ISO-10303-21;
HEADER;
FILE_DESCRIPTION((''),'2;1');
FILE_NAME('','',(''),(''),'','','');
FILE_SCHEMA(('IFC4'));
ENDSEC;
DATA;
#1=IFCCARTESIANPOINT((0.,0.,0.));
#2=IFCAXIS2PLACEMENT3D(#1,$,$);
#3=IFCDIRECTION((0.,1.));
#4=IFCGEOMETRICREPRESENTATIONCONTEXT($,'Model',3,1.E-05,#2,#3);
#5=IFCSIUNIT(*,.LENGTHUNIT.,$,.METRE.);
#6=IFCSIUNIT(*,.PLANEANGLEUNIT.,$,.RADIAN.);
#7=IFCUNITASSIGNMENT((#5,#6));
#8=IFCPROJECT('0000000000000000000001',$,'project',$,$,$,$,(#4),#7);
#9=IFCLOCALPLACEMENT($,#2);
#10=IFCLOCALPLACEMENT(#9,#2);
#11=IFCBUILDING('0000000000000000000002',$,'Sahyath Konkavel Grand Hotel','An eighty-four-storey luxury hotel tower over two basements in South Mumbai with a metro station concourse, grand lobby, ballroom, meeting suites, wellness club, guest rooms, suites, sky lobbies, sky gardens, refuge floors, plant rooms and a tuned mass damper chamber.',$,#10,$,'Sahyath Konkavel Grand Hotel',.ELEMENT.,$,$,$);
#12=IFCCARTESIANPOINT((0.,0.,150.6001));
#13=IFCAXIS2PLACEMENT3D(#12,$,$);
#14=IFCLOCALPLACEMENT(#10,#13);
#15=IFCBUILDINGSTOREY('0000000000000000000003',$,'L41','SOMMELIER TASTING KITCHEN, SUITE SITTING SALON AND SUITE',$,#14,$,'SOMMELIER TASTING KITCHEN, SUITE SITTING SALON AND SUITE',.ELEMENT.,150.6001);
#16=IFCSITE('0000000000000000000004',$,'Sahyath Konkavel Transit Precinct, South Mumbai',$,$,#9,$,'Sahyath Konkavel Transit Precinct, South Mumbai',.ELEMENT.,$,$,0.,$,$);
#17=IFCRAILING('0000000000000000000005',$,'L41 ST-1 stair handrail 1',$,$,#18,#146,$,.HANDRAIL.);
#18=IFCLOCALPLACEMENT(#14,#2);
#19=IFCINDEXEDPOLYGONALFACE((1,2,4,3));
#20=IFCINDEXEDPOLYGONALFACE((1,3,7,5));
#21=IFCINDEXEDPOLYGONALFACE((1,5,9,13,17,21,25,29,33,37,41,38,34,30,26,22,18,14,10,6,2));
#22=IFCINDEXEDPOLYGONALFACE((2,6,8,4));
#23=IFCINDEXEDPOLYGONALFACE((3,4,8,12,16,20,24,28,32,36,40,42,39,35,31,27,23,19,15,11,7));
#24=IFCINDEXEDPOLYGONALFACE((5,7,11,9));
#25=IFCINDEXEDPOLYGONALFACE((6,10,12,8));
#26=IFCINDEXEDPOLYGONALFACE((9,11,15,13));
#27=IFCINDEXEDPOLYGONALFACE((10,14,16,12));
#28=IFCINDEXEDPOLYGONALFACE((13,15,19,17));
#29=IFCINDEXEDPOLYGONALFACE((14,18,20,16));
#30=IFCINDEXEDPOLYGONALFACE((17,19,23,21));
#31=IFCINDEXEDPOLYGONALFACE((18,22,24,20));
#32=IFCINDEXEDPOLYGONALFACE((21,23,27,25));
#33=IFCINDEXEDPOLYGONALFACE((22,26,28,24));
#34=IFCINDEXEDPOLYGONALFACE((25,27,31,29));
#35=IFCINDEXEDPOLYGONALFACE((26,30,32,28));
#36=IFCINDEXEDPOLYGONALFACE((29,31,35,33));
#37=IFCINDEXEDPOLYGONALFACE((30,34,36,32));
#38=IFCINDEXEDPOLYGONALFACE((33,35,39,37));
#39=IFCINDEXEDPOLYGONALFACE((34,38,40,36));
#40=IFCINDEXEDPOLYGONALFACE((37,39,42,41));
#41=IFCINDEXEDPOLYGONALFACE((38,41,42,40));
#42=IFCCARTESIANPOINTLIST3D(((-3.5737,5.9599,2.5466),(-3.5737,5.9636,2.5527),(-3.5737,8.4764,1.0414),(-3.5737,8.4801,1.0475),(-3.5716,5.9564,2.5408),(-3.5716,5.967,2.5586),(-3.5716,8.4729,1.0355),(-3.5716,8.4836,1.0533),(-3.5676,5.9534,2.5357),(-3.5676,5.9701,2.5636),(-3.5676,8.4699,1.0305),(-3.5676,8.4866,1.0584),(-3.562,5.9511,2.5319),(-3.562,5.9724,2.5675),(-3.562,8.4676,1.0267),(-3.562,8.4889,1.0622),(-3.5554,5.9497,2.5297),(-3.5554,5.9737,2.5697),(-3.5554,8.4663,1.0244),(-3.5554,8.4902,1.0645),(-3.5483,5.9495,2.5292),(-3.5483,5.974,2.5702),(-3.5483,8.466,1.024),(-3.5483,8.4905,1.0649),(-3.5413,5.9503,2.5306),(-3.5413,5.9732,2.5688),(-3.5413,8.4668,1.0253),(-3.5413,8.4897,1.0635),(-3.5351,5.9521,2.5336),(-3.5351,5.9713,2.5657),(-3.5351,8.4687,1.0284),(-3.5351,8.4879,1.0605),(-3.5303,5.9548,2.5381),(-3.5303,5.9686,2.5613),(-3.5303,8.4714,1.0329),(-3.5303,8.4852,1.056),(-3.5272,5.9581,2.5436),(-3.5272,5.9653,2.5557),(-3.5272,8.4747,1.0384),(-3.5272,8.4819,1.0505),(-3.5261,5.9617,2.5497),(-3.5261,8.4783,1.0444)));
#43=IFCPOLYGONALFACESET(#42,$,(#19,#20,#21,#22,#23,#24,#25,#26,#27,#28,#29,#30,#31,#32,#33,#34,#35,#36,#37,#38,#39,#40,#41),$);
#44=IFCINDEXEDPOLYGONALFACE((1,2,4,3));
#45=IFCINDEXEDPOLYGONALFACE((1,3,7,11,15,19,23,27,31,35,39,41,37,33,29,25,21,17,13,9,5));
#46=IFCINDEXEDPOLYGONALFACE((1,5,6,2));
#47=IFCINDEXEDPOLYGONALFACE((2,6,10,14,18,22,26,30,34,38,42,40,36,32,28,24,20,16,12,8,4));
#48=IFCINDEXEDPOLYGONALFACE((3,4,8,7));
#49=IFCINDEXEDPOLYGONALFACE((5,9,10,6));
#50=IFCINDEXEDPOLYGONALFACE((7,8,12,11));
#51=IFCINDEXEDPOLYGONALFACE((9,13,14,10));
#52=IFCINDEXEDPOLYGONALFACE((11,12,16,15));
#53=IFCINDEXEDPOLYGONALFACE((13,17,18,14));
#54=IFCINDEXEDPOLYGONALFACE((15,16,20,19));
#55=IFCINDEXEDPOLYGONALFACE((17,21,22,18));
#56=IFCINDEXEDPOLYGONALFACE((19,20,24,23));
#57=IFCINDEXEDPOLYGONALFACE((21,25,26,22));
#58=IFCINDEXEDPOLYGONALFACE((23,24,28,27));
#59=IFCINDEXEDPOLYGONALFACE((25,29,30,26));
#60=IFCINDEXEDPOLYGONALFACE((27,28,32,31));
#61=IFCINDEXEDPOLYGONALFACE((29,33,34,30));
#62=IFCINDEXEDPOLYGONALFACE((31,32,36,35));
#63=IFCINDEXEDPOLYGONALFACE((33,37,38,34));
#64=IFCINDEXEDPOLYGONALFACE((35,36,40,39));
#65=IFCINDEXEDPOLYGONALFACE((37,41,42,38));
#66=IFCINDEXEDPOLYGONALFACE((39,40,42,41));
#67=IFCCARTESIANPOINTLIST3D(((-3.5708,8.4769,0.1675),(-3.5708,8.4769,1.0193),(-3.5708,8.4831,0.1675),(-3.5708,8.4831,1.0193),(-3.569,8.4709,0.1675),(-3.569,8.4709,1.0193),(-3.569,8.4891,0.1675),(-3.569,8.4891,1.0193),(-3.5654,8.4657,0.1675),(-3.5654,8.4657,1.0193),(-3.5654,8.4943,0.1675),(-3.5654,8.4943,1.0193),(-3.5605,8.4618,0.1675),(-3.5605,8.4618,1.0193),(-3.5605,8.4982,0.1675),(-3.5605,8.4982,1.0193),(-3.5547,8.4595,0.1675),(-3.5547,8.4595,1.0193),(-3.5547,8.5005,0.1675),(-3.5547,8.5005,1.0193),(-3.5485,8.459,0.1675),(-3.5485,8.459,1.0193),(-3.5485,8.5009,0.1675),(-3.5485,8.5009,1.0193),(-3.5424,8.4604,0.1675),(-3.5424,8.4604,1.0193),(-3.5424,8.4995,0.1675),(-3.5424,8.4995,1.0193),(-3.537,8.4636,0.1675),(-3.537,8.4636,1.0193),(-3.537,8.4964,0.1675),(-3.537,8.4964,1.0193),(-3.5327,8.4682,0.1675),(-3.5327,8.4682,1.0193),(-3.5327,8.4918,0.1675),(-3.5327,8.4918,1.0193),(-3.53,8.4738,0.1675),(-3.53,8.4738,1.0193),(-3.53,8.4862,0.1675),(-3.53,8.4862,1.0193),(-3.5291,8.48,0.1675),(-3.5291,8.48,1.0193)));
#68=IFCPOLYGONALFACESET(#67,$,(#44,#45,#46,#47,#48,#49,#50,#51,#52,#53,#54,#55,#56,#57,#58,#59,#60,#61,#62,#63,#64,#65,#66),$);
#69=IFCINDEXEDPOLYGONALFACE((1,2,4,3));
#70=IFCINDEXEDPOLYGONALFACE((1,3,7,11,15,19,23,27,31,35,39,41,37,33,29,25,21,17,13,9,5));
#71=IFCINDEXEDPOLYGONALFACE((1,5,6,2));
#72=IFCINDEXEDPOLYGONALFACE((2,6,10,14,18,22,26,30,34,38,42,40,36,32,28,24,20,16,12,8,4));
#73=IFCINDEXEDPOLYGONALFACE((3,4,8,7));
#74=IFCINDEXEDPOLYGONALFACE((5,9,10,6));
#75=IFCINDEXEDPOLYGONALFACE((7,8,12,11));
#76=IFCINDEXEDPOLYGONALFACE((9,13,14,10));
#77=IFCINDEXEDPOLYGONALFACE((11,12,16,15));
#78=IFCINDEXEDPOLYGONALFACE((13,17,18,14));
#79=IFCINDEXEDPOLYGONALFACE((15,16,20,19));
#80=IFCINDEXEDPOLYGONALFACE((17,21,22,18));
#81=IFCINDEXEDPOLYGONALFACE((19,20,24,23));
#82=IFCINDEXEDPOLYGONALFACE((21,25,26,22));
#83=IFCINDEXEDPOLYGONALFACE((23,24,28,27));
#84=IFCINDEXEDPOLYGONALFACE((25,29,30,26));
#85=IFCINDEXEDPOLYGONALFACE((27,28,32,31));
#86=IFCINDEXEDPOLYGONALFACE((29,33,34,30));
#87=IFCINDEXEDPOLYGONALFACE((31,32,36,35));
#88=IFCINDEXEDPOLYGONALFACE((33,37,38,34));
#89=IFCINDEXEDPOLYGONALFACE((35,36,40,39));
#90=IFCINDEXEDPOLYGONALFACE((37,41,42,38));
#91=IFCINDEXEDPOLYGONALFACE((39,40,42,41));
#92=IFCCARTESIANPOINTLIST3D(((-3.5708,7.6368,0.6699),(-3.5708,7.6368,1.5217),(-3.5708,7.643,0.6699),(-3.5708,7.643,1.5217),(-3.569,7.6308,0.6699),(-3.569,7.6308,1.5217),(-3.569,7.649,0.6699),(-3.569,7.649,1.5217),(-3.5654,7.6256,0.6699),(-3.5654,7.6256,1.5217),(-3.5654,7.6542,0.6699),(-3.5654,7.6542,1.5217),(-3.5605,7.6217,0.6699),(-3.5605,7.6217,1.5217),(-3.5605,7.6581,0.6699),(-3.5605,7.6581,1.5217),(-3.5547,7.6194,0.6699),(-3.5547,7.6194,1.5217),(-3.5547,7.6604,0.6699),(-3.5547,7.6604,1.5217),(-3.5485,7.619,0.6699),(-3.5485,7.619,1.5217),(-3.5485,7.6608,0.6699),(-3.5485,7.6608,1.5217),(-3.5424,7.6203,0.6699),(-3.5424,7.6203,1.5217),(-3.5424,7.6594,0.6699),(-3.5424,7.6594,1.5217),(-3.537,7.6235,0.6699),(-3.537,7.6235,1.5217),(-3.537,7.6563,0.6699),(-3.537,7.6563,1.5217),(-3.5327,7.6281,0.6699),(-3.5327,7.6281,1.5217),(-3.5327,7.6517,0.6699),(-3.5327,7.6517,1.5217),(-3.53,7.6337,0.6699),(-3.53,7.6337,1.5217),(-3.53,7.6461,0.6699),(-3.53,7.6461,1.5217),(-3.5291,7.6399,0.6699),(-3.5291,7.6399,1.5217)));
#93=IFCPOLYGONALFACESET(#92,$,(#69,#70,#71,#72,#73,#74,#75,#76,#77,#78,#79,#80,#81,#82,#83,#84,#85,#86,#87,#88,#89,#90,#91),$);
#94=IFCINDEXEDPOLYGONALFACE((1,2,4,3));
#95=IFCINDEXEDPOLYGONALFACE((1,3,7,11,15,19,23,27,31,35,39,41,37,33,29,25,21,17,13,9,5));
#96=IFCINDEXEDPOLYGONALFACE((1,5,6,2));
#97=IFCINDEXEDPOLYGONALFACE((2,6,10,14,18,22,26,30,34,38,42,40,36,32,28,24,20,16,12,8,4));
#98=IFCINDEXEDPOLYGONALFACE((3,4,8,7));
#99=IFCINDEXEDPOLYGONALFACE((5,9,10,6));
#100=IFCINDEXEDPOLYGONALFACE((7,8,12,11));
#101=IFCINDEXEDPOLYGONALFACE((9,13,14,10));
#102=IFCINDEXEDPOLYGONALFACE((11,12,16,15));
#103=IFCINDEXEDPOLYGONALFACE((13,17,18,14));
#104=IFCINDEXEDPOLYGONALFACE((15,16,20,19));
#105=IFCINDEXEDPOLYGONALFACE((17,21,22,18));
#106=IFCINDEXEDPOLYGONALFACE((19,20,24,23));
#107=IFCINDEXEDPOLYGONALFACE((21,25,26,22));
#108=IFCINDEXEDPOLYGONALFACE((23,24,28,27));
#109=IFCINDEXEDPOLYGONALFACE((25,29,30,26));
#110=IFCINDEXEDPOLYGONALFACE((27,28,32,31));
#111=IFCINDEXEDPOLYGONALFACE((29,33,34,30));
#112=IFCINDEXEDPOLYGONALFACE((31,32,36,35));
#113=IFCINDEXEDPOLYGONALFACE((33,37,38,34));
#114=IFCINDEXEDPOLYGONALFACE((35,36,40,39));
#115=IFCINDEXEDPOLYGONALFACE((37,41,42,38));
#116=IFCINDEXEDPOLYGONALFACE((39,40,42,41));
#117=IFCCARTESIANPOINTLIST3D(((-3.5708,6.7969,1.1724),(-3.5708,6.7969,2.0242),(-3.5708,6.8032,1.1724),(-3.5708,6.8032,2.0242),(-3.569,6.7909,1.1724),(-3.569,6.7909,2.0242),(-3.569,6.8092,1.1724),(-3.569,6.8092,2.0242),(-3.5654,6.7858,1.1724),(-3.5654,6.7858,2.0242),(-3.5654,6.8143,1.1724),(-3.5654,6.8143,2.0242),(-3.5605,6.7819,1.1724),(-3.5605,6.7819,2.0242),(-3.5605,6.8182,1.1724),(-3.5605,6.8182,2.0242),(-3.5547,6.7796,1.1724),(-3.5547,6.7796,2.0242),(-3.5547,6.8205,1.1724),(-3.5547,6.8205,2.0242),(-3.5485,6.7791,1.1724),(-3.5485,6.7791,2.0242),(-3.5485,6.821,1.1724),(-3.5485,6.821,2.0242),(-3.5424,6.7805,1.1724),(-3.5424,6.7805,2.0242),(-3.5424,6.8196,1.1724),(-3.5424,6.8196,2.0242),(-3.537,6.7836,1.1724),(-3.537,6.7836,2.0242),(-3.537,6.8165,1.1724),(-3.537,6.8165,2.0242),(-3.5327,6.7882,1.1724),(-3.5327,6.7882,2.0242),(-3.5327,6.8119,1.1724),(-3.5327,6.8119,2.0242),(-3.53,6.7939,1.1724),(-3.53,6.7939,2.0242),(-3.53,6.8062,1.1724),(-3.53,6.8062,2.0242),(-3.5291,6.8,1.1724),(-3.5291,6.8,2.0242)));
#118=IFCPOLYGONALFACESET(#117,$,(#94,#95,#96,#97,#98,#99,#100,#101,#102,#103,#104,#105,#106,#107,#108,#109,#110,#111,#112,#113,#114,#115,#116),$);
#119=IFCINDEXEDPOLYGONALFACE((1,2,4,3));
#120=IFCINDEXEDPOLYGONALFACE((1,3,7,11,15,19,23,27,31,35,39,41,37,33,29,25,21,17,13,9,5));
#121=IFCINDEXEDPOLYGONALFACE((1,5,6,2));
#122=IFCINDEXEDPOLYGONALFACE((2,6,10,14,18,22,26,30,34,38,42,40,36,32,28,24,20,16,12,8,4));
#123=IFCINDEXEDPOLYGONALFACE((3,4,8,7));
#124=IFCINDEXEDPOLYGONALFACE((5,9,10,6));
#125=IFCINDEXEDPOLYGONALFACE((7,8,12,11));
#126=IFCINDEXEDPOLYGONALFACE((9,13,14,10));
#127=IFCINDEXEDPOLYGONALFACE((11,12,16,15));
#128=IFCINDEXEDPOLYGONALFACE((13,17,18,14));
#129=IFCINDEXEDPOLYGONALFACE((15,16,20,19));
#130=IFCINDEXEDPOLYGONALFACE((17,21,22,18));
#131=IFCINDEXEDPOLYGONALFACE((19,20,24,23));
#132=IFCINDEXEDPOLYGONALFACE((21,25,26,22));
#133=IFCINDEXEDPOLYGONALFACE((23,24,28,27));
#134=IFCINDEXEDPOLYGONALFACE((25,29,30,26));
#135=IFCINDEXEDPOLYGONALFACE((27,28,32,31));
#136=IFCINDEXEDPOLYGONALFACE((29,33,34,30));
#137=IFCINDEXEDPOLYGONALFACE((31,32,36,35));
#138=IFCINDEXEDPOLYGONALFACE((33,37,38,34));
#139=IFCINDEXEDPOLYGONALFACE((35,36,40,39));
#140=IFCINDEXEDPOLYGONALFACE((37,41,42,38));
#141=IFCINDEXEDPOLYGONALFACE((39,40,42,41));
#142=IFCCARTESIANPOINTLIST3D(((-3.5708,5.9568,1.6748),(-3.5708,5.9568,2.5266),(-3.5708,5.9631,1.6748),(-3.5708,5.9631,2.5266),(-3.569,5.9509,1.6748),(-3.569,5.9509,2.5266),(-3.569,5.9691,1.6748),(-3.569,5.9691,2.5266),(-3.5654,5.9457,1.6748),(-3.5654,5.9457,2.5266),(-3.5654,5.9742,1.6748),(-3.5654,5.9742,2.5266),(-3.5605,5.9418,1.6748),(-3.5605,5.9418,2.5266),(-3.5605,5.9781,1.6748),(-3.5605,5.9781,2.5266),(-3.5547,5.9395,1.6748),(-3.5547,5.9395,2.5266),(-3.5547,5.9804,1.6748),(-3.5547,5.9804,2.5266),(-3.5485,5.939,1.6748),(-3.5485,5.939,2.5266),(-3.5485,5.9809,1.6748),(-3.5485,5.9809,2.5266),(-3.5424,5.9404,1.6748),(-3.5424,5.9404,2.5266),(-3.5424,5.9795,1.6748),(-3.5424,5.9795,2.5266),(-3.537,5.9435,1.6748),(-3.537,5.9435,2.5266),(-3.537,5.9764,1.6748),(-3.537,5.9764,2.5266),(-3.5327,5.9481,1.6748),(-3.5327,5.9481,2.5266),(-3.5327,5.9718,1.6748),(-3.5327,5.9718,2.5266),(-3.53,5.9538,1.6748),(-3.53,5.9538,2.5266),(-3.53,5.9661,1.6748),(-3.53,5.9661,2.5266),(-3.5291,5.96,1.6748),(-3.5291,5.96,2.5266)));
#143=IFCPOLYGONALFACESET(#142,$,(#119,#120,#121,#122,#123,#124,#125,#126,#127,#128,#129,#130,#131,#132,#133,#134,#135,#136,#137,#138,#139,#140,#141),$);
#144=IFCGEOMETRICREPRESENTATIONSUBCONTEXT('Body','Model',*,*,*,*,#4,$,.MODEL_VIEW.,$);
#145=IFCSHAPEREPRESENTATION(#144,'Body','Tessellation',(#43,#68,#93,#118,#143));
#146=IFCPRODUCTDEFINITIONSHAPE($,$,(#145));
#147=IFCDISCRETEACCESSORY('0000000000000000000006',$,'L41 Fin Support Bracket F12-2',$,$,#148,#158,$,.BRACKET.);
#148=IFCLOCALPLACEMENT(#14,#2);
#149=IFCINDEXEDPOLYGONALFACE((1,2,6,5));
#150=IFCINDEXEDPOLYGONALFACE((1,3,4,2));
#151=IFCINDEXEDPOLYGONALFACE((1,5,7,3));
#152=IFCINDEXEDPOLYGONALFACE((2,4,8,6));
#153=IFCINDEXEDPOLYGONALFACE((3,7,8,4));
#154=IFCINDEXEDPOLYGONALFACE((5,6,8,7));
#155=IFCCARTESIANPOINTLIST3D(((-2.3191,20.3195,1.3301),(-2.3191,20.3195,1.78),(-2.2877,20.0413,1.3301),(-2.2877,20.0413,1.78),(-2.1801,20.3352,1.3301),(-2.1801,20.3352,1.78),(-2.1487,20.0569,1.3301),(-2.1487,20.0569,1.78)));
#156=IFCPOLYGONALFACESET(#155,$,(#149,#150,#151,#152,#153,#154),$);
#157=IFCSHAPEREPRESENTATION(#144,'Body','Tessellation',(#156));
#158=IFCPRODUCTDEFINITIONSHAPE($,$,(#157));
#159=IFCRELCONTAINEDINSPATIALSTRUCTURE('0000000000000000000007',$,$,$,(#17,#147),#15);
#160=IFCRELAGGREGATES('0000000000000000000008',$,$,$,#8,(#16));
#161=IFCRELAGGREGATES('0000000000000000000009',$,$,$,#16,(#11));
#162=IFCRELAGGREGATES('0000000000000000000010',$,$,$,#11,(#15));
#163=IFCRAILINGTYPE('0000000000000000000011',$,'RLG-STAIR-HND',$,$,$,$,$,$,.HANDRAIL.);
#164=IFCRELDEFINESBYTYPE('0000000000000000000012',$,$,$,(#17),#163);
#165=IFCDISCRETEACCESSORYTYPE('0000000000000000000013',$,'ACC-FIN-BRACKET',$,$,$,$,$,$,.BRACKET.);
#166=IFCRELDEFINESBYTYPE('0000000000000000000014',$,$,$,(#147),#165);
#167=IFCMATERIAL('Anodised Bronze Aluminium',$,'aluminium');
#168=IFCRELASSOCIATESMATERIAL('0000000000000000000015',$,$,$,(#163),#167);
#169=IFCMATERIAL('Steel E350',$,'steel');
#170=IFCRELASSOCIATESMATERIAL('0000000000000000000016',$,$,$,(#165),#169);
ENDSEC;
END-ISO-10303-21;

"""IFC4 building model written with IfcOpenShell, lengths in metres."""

from ifc_helpers import new_model, si_unit, direction, frame, origin, origin_2d, place, context, subcontext, project, spatial, rectangle, circle, extrude, source, transform, mapped, material, type_object, element, save


model = new_model("IFC4")

# Units and contexts
model_context = context("Model", 3, precision=1e-05, world=origin(), true_north=direction((0.0, 1.0)))
body_context = subcontext(model_context, "Body", "Model", "MODEL_VIEW")
ifc_project = project(units=[si_unit("LENGTHUNIT", "METRE"), si_unit("PLANEANGLEUNIT", "RADIAN")], contexts=[model_context])

# Site, building, storey
site_placement = place(None, origin())
site = spatial("IfcSite", under=ifc_project, at=site_placement, Name="Sahyath Konkavel Transit Precinct, South Mumbai", LongName="Sahyath Konkavel Transit Precinct, South Mumbai", CompositionType="ELEMENT", RefElevation=0.0)
building_placement = place(site_placement, origin())
building = spatial("IfcBuilding", under=site, at=building_placement, Name="Sahyath Konkavel Grand Hotel", Description="An eighty-four-storey luxury hotel tower over two basements in South Mumbai with a metro station concourse, grand lobby, ballroom, meeting suites, wellness club, guest rooms, suites, sky lobbies, sky gardens, refuge floors, plant rooms and a tuned mass damper chamber.", LongName="Sahyath Konkavel Grand Hotel", CompositionType="ELEMENT")
storey_placement = place(building_placement, frame((0.0, 0.0, 150.6001)))
storey = spatial("IfcBuildingStorey", under=building, at=storey_placement, Name="L41", Description="SOMMELIER TASTING KITCHEN, SUITE SITTING SALON AND SUITE", LongName="SOMMELIER TASTING KITCHEN, SUITE SITTING SALON AND SUITE", CompositionType="ELEMENT", Elevation=150.6001)

# Shared definitions
ifc_material_1 = material(Name="Steel E350", Category="steel")

# Shared definitions
ifc_material_2 = material(Name="Anodised Bronze Aluminium", Category="aluminium")

# Railing
railing_type_1 = type_object("IfcRailingType", Name="RLG-STAIR-HND", PredefinedType="HANDRAIL", material=ifc_material_2)
railing_1_placement = place(storey_placement, frame((-3.55, 8.48, 0.1675)))
element("IfcRailing", 1, at=railing_1_placement, inside=storey, type_object=railing_type_1, Name="L41 ST-1 stair handrail 1", PredefinedType="HANDRAIL", context=body_context, shape_type="SweptSolid", body=[
    extrude(circle(Radius=0.0239, at=origin_2d()), frame((0.0, -0.0017, 0.877), z_axis=(0.0, -0.858196, 0.513321), x_axis=(1.0, 0.0, 0.0)), (0.0, 0.0, 1.0), 2.9324),
    extrude(circle(Radius=0.021, at=origin_2d()), origin(), (0.0, 0.0, 1.0), 0.8518),
    extrude(circle(Radius=0.021, at=origin_2d()), frame((0.0, -0.8401, 0.5024)), (0.0, 0.0, 1.0), 0.8518),
    extrude(circle(Radius=0.021, at=origin_2d()), frame((0.0, -1.6799, 1.0049)), (0.0, 0.0, 1.0), 0.8518),
    extrude(circle(Radius=0.021, at=origin_2d()), frame((0.0, -2.52, 1.5073)), (0.0, 0.0, 1.0), 0.8518),
])

# Discrete accessory
discrete_accessory_type = type_object("IfcDiscreteAccessoryType", Name="ACC-FIN-BRACKET", PredefinedType="BRACKET", material=ifc_material_1)
shared_shape_1 = source(origin(), body_context, "Body", "SweptSolid", [
    extrude(rectangle(XDim=0.28, YDim=0.1399, at=origin_2d()), origin(), (0.0, 0.0, 1.0), 0.45),
])
discrete_accessory_placement = place(storey_placement, frame((-2.2339, 20.1882, 1.3301), z_axis=(0.0, 0.0, 1.0), x_axis=(-0.112007, 0.993707, 0.0)))
element("IfcDiscreteAccessory", 2, at=discrete_accessory_placement, inside=storey, type_object=discrete_accessory_type, Name="L41 Fin Support Bracket F12-2", PredefinedType="BRACKET", context=body_context, shape_type="MappedRepresentation", body=[
    mapped(shared_shape_1, transform((0.0, 0.0, 0.0), scale=1.0)),
])

save(model, "model.ifc")
